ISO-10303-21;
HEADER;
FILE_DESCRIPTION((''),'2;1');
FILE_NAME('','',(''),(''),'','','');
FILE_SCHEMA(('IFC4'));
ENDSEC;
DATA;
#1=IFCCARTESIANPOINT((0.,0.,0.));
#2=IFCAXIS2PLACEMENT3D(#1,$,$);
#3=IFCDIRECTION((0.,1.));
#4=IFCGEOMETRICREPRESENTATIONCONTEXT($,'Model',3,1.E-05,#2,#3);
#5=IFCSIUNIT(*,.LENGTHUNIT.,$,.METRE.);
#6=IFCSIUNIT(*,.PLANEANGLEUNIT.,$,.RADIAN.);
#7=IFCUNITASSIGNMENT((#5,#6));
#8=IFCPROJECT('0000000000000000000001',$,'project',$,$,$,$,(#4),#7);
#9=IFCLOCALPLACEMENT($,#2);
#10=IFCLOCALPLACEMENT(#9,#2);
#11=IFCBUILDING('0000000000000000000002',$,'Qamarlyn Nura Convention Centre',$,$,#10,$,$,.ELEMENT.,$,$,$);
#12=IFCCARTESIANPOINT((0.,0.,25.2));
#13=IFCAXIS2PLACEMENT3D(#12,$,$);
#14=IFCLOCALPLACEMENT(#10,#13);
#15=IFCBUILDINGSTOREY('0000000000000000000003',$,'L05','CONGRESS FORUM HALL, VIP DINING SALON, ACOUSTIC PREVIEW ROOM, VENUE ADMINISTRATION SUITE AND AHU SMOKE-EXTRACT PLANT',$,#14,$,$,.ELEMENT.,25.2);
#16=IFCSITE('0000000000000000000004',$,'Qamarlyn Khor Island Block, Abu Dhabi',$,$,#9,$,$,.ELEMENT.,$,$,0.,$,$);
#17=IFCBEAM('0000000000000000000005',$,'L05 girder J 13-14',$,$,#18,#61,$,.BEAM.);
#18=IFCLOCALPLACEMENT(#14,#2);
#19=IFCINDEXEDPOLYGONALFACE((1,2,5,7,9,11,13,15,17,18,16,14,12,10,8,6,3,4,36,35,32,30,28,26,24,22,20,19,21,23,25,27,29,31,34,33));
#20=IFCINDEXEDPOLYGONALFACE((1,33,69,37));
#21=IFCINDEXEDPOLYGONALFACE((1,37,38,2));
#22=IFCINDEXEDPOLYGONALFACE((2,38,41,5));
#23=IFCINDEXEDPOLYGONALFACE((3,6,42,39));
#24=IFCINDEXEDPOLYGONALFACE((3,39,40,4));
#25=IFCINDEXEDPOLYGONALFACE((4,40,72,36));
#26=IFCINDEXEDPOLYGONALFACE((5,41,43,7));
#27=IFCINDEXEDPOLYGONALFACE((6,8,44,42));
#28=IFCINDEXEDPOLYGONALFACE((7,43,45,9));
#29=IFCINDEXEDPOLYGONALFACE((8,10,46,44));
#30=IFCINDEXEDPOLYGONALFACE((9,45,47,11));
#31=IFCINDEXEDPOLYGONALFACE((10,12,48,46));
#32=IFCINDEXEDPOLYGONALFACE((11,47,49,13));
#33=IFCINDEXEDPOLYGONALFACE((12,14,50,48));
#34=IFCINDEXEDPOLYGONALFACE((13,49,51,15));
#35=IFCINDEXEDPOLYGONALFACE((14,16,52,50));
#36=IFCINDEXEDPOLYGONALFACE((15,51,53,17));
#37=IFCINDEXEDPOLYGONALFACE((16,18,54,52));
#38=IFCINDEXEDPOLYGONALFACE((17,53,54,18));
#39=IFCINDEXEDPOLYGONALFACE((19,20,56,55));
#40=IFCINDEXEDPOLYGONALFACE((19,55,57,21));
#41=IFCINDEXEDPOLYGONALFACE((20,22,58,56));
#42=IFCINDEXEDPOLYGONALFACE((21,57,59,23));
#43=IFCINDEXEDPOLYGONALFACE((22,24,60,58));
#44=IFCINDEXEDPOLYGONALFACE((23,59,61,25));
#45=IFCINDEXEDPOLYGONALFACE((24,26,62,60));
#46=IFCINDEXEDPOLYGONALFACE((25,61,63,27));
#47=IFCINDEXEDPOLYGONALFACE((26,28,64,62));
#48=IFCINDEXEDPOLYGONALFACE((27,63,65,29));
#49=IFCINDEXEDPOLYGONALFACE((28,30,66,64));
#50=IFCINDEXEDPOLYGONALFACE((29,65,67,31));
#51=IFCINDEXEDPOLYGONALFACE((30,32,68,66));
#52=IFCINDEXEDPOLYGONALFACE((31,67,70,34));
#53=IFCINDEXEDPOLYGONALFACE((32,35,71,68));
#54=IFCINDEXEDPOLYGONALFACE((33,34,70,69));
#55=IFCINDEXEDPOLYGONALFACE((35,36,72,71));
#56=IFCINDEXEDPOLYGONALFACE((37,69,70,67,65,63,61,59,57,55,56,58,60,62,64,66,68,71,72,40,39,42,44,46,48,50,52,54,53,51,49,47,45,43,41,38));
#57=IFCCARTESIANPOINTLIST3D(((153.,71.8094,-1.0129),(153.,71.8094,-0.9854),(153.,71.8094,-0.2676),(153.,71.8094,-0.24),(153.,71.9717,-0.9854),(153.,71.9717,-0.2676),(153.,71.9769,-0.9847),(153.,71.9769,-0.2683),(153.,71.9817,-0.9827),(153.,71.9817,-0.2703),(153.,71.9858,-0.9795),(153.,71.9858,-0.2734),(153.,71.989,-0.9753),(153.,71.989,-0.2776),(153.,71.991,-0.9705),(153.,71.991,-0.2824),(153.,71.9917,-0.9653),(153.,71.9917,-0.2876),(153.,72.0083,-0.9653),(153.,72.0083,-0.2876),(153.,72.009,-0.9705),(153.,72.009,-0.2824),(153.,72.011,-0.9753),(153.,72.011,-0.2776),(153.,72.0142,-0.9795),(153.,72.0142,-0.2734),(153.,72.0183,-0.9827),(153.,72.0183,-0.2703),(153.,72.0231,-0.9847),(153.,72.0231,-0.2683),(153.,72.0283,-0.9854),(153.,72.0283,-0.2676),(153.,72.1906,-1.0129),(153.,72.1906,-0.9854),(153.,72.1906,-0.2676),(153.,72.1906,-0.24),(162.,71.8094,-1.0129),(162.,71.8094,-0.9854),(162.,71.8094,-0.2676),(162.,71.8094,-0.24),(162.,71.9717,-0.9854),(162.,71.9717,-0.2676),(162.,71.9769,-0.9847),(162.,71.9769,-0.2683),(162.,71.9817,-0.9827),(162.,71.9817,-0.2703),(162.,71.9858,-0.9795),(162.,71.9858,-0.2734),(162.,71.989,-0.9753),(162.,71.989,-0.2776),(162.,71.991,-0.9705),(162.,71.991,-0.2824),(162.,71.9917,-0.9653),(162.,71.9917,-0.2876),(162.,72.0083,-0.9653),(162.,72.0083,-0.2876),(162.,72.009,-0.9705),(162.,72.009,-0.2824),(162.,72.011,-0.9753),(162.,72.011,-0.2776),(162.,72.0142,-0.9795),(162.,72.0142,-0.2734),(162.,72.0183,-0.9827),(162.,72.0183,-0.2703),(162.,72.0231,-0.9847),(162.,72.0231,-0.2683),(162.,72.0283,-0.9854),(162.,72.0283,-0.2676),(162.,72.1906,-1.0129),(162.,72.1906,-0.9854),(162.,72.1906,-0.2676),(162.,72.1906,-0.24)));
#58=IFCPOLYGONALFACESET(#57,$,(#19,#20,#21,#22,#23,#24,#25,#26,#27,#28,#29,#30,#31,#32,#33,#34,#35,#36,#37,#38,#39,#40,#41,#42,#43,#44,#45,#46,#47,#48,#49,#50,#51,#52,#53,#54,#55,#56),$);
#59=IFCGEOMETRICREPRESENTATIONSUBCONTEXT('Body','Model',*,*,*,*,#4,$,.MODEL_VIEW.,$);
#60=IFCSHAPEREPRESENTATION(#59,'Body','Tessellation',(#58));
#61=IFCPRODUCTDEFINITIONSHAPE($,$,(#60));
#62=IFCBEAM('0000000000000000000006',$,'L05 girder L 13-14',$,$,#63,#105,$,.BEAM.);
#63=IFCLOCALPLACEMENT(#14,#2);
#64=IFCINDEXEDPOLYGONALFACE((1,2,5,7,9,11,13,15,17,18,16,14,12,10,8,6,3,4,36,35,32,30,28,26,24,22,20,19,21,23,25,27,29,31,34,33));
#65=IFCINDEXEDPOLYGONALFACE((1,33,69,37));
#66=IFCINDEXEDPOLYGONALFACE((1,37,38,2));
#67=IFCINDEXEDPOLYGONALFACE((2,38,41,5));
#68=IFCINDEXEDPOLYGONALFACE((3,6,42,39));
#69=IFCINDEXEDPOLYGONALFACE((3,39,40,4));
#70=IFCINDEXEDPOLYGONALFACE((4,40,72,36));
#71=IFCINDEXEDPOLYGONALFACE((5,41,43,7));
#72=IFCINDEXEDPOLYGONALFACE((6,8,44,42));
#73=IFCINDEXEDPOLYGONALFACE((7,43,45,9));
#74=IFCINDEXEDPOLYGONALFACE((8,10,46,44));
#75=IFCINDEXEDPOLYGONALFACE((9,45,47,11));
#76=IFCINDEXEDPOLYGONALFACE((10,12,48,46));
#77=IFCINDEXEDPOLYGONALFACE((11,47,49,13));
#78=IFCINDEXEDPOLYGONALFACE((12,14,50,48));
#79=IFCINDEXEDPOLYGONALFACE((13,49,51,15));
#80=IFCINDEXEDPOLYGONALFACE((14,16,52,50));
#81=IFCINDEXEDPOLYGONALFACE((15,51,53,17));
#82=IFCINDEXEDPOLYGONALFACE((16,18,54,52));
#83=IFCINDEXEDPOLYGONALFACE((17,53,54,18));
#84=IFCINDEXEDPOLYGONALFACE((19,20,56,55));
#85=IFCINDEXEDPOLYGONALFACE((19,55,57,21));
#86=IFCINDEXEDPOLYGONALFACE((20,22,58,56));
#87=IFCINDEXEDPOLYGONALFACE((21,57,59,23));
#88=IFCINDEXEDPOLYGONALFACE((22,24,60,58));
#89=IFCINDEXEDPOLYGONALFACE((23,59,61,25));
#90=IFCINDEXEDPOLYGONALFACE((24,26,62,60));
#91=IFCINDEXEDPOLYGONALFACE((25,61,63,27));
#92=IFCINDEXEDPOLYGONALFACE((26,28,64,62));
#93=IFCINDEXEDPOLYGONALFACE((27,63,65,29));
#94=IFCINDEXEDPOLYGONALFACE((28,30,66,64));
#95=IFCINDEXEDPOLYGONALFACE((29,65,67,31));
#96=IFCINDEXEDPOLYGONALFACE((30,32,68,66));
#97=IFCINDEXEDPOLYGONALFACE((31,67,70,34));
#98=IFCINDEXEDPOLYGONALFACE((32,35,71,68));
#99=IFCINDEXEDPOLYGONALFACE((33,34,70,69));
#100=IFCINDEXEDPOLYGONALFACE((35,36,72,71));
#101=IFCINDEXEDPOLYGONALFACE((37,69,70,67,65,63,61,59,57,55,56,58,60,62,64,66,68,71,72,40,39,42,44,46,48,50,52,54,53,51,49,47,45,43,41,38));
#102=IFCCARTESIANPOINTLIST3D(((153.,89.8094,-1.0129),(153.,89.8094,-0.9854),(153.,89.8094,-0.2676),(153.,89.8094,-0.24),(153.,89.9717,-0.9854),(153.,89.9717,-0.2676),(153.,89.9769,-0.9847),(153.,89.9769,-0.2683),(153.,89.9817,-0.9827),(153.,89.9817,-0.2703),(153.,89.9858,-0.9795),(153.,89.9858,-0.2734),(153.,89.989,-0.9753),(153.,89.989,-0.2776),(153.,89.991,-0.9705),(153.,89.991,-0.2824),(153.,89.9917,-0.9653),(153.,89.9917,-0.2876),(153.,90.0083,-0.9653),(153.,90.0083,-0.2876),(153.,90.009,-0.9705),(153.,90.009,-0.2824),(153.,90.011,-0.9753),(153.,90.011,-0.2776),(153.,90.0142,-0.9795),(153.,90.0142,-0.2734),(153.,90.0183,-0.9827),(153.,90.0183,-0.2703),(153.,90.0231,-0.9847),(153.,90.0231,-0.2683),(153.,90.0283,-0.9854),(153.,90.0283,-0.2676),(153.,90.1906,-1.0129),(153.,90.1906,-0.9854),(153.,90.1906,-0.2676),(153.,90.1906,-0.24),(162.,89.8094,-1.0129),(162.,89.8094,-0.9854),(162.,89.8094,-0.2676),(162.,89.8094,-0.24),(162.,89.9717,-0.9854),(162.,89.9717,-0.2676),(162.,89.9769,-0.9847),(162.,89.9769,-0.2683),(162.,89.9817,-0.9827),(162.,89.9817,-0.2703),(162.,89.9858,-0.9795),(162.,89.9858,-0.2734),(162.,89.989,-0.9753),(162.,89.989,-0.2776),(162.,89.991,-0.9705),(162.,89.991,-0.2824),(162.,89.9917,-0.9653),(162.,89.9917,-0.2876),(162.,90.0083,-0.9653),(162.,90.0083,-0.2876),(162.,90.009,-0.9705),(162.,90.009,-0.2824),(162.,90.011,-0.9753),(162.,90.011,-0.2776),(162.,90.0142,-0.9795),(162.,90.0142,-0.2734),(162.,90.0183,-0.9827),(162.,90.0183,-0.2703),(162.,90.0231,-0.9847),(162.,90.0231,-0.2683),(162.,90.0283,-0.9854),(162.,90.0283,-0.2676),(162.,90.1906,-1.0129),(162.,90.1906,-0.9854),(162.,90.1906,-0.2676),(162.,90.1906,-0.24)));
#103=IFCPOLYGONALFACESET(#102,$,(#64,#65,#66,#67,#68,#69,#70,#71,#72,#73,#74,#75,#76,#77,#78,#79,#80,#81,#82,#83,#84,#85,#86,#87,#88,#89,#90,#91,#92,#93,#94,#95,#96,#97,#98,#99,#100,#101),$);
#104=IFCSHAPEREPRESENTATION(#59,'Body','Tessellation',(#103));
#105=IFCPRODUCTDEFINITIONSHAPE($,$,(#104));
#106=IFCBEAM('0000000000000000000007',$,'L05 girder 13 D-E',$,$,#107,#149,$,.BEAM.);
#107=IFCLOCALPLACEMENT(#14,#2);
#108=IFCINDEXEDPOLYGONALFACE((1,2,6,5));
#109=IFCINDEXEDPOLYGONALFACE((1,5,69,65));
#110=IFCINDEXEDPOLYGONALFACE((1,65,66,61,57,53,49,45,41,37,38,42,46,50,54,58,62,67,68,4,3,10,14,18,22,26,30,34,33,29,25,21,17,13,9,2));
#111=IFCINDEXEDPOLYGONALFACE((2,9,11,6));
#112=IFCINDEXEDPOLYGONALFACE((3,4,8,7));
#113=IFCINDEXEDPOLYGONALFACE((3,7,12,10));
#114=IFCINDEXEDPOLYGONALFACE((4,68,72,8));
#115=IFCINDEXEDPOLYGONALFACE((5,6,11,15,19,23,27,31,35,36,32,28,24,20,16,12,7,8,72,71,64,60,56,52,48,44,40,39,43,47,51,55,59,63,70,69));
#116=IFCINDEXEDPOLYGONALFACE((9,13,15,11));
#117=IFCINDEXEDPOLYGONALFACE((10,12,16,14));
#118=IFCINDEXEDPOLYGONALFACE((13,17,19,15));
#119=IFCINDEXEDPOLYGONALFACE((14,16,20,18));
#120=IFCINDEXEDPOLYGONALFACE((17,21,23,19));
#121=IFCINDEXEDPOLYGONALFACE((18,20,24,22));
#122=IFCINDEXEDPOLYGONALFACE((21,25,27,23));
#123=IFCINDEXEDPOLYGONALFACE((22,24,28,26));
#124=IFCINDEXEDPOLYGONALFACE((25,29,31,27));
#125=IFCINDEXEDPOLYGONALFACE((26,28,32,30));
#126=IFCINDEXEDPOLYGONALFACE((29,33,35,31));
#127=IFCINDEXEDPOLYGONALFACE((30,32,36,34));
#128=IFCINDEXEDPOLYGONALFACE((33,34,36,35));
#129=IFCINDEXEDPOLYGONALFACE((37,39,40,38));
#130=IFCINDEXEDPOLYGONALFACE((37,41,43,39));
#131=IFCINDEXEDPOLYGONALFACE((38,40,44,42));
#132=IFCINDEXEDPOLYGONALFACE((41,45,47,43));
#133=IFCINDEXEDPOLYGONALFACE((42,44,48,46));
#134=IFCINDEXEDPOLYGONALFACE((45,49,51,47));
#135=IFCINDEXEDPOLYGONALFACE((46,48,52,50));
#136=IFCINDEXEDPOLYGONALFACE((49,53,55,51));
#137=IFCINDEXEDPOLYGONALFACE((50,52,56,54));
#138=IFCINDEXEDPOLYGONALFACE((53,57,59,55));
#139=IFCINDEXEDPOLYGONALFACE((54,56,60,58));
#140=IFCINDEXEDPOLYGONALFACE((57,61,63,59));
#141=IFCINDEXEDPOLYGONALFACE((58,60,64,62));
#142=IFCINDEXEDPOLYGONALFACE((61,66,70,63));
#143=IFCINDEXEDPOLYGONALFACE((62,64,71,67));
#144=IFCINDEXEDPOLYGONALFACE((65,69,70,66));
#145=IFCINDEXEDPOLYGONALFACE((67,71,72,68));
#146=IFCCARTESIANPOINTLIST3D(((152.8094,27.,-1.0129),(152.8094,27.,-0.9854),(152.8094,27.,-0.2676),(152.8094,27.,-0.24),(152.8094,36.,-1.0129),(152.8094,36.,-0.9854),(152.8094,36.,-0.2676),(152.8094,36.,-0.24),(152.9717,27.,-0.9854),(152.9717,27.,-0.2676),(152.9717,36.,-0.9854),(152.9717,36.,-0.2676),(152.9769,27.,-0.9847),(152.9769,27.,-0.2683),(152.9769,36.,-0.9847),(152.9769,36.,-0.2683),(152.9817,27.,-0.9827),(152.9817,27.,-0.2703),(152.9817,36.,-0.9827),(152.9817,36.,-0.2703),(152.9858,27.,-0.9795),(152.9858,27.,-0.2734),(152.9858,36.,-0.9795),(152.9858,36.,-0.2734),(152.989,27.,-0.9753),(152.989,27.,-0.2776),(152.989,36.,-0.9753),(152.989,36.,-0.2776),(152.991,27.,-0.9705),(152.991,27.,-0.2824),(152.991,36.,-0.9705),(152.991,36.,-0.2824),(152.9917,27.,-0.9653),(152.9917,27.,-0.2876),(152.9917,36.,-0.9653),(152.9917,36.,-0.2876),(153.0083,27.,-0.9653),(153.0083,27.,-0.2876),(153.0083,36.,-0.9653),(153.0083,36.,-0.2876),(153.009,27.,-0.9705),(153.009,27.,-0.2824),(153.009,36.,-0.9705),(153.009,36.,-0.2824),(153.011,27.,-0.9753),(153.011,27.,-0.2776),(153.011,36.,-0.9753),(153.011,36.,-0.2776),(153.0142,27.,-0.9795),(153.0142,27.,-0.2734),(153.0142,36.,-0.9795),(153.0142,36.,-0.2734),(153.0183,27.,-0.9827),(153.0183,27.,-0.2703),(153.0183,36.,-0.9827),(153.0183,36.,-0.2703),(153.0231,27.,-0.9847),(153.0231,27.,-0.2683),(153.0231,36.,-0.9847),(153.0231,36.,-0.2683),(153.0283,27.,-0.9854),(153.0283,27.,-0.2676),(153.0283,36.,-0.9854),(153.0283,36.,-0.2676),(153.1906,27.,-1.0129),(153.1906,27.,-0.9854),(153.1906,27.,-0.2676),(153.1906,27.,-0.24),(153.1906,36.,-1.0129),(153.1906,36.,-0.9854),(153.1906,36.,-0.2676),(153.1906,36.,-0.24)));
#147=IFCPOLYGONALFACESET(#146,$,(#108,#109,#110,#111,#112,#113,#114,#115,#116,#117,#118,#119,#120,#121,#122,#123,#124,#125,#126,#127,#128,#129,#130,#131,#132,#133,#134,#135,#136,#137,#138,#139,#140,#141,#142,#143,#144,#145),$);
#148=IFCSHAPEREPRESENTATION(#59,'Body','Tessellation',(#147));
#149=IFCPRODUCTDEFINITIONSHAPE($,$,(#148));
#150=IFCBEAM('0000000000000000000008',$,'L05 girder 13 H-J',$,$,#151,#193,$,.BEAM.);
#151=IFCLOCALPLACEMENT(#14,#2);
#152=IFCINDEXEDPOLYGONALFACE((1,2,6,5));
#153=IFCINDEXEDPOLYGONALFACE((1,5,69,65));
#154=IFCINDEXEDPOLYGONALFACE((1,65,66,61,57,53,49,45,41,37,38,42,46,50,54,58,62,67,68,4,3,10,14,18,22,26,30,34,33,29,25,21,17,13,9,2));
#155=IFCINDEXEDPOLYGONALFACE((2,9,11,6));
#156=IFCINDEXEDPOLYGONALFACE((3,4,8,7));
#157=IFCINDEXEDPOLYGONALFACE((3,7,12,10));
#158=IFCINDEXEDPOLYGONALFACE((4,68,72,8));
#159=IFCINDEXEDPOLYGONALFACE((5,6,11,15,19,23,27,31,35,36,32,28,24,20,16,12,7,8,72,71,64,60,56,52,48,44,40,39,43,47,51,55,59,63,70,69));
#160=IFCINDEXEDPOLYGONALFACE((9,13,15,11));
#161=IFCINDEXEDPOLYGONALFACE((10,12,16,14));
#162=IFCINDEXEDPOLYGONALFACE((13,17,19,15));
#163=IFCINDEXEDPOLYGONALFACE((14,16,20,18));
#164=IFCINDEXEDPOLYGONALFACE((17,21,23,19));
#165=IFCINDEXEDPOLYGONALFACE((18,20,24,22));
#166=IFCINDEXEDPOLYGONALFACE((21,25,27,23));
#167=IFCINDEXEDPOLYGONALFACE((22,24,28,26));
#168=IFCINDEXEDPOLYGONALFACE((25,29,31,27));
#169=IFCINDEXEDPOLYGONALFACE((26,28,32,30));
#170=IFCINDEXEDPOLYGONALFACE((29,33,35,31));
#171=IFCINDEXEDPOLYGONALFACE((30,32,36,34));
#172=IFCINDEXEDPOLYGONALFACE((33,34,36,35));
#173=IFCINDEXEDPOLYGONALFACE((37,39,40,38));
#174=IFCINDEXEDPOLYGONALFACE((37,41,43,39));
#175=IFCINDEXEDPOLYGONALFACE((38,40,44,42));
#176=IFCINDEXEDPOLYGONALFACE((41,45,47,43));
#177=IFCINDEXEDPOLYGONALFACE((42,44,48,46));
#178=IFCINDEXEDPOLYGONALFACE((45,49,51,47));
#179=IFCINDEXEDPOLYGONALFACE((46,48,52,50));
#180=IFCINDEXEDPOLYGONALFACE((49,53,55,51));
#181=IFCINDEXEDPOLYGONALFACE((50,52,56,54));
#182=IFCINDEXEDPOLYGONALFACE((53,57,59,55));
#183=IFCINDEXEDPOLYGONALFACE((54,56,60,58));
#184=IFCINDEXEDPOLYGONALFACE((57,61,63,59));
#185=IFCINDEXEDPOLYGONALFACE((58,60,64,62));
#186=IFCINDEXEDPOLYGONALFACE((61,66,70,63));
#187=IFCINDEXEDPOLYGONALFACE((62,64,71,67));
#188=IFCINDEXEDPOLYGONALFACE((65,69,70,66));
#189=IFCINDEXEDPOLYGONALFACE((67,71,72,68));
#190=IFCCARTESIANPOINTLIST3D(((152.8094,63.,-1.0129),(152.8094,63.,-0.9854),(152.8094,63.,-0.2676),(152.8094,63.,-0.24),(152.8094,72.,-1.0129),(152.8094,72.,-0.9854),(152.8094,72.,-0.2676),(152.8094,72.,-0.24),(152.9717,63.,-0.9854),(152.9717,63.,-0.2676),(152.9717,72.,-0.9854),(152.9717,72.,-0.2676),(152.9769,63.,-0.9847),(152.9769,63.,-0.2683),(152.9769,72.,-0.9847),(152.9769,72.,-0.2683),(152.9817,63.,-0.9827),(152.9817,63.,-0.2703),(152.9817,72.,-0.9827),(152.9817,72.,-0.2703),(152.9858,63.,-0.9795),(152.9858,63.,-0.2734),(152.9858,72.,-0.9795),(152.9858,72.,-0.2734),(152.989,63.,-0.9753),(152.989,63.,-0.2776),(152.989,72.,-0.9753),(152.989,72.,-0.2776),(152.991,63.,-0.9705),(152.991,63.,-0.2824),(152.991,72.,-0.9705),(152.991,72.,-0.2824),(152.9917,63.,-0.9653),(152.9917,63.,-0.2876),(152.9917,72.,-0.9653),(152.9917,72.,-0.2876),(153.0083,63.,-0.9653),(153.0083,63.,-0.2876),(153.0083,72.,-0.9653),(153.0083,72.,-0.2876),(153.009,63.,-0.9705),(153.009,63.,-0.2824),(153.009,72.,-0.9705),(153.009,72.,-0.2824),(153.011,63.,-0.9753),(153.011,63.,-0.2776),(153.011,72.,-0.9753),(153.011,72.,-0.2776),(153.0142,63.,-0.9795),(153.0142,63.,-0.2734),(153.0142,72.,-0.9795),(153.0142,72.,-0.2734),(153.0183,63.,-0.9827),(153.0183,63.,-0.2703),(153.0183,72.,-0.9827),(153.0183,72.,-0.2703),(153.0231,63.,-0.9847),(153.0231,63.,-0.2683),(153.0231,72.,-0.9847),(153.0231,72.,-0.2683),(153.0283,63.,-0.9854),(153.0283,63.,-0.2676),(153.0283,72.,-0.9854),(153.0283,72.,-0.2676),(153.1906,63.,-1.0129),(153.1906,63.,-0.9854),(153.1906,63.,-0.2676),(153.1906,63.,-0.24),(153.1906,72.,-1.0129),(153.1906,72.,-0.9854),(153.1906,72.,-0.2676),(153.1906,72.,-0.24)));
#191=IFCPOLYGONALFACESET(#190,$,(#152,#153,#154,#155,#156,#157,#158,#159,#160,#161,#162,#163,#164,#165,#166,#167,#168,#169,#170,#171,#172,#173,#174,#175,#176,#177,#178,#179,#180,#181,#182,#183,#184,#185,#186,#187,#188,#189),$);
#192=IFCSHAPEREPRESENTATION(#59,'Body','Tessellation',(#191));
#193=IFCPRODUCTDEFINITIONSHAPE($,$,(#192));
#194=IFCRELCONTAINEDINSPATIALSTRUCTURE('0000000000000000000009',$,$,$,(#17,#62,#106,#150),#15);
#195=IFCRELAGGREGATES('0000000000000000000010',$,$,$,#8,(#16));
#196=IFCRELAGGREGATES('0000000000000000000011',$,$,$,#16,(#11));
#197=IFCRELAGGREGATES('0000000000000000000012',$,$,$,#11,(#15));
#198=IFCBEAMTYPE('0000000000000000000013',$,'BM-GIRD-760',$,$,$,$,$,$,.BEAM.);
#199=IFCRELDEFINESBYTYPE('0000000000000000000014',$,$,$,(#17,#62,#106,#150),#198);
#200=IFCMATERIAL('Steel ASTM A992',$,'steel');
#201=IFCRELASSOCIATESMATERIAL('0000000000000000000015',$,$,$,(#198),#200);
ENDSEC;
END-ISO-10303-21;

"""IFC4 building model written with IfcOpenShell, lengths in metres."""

from ifc_helpers import new_model, si_unit, direction, frame, origin, origin_2d, place, context, subcontext, project, spatial, i_section, extrude, material, material_profile, profile_set, type_object, element, save


model = new_model("IFC4")

# Units and contexts
model_context = context("Model", 3, precision=1e-05, world=origin(), true_north=direction((0.0, 1.0)))
body_context = subcontext(model_context, "Body", "Model", "MODEL_VIEW")
ifc_project = project(units=[si_unit("LENGTHUNIT", "METRE"), si_unit("PLANEANGLEUNIT", "RADIAN")], contexts=[model_context])

# Site, building, storey
site_placement = place(None, origin())
site = spatial("IfcSite", under=ifc_project, at=site_placement, Name="Qamarlyn Khor Island Block, Abu Dhabi", CompositionType="ELEMENT", RefElevation=0.0)
building_placement = place(site_placement, origin())
building = spatial("IfcBuilding", under=site, at=building_placement, Name="Qamarlyn Nura Convention Centre", CompositionType="ELEMENT")
storey_placement = place(building_placement, frame((0.0, 0.0, 25.2)))
storey = spatial("IfcBuildingStorey", under=building, at=storey_placement, Name="L05", Description="CONGRESS FORUM HALL, VIP DINING SALON, ACOUSTIC PREVIEW ROOM, VENUE ADMINISTRATION SUITE AND AHU SMOKE-EXTRACT PLANT", CompositionType="ELEMENT", Elevation=25.2)

# Shared definitions
ifc_material_1 = material(Name="Steel ASTM A992", Category="steel")

# Beams
ifc_material_profile_1 = material_profile(ifc_material_1, i_section(OverallWidth=0.3811, OverallDepth=0.7729, WebThickness=0.0166, FlangeThickness=0.0276, FilletRadius=0.02, at=origin_2d()), Name="W760X257")
ifc_profile_set_1 = profile_set([ifc_material_profile_1], Name="Steel ASTM A992")
beam_type_1 = type_object("IfcBeamType", Name="BM-GIRD-760", PredefinedType="BEAM", material=ifc_profile_set_1)
for number, where, z_axis, x_axis, name in (
    (1, (153.0, 72.0, -0.6265), (1.0, 0.0, 0.0), (0.0, 1.0, 0.0), "L05 girder J 13-14"),
    (2, (153.0, 90.0, -0.6265), (1.0, 0.0, 0.0), (0.0, 1.0, 0.0), "L05 girder L 13-14"),
    (3, (153.0, 27.0, -0.6265), (0.0, 1.0, 0.0), (-1.0, 0.0, 0.0), "L05 girder 13 D-E"),
    (4, (153.0, 63.0, -0.6265), (0.0, 1.0, 0.0), (-1.0, 0.0, 0.0), "L05 girder 13 H-J"),
):
    element("IfcBeam", number, at=place(storey_placement, frame(where, z_axis=z_axis, x_axis=x_axis)), inside=storey, type_object=beam_type_1, Name=name, PredefinedType="BEAM", context=body_context, shape_type="SweptSolid", body=[
        extrude(i_section(OverallWidth=0.3811, OverallDepth=0.7729, WebThickness=0.0166, FlangeThickness=0.0276, FilletRadius=0.02, at=origin_2d()), origin(), (0.0, 0.0, 1.0), 9.0),
    ])

save(model, "model.ifc")
